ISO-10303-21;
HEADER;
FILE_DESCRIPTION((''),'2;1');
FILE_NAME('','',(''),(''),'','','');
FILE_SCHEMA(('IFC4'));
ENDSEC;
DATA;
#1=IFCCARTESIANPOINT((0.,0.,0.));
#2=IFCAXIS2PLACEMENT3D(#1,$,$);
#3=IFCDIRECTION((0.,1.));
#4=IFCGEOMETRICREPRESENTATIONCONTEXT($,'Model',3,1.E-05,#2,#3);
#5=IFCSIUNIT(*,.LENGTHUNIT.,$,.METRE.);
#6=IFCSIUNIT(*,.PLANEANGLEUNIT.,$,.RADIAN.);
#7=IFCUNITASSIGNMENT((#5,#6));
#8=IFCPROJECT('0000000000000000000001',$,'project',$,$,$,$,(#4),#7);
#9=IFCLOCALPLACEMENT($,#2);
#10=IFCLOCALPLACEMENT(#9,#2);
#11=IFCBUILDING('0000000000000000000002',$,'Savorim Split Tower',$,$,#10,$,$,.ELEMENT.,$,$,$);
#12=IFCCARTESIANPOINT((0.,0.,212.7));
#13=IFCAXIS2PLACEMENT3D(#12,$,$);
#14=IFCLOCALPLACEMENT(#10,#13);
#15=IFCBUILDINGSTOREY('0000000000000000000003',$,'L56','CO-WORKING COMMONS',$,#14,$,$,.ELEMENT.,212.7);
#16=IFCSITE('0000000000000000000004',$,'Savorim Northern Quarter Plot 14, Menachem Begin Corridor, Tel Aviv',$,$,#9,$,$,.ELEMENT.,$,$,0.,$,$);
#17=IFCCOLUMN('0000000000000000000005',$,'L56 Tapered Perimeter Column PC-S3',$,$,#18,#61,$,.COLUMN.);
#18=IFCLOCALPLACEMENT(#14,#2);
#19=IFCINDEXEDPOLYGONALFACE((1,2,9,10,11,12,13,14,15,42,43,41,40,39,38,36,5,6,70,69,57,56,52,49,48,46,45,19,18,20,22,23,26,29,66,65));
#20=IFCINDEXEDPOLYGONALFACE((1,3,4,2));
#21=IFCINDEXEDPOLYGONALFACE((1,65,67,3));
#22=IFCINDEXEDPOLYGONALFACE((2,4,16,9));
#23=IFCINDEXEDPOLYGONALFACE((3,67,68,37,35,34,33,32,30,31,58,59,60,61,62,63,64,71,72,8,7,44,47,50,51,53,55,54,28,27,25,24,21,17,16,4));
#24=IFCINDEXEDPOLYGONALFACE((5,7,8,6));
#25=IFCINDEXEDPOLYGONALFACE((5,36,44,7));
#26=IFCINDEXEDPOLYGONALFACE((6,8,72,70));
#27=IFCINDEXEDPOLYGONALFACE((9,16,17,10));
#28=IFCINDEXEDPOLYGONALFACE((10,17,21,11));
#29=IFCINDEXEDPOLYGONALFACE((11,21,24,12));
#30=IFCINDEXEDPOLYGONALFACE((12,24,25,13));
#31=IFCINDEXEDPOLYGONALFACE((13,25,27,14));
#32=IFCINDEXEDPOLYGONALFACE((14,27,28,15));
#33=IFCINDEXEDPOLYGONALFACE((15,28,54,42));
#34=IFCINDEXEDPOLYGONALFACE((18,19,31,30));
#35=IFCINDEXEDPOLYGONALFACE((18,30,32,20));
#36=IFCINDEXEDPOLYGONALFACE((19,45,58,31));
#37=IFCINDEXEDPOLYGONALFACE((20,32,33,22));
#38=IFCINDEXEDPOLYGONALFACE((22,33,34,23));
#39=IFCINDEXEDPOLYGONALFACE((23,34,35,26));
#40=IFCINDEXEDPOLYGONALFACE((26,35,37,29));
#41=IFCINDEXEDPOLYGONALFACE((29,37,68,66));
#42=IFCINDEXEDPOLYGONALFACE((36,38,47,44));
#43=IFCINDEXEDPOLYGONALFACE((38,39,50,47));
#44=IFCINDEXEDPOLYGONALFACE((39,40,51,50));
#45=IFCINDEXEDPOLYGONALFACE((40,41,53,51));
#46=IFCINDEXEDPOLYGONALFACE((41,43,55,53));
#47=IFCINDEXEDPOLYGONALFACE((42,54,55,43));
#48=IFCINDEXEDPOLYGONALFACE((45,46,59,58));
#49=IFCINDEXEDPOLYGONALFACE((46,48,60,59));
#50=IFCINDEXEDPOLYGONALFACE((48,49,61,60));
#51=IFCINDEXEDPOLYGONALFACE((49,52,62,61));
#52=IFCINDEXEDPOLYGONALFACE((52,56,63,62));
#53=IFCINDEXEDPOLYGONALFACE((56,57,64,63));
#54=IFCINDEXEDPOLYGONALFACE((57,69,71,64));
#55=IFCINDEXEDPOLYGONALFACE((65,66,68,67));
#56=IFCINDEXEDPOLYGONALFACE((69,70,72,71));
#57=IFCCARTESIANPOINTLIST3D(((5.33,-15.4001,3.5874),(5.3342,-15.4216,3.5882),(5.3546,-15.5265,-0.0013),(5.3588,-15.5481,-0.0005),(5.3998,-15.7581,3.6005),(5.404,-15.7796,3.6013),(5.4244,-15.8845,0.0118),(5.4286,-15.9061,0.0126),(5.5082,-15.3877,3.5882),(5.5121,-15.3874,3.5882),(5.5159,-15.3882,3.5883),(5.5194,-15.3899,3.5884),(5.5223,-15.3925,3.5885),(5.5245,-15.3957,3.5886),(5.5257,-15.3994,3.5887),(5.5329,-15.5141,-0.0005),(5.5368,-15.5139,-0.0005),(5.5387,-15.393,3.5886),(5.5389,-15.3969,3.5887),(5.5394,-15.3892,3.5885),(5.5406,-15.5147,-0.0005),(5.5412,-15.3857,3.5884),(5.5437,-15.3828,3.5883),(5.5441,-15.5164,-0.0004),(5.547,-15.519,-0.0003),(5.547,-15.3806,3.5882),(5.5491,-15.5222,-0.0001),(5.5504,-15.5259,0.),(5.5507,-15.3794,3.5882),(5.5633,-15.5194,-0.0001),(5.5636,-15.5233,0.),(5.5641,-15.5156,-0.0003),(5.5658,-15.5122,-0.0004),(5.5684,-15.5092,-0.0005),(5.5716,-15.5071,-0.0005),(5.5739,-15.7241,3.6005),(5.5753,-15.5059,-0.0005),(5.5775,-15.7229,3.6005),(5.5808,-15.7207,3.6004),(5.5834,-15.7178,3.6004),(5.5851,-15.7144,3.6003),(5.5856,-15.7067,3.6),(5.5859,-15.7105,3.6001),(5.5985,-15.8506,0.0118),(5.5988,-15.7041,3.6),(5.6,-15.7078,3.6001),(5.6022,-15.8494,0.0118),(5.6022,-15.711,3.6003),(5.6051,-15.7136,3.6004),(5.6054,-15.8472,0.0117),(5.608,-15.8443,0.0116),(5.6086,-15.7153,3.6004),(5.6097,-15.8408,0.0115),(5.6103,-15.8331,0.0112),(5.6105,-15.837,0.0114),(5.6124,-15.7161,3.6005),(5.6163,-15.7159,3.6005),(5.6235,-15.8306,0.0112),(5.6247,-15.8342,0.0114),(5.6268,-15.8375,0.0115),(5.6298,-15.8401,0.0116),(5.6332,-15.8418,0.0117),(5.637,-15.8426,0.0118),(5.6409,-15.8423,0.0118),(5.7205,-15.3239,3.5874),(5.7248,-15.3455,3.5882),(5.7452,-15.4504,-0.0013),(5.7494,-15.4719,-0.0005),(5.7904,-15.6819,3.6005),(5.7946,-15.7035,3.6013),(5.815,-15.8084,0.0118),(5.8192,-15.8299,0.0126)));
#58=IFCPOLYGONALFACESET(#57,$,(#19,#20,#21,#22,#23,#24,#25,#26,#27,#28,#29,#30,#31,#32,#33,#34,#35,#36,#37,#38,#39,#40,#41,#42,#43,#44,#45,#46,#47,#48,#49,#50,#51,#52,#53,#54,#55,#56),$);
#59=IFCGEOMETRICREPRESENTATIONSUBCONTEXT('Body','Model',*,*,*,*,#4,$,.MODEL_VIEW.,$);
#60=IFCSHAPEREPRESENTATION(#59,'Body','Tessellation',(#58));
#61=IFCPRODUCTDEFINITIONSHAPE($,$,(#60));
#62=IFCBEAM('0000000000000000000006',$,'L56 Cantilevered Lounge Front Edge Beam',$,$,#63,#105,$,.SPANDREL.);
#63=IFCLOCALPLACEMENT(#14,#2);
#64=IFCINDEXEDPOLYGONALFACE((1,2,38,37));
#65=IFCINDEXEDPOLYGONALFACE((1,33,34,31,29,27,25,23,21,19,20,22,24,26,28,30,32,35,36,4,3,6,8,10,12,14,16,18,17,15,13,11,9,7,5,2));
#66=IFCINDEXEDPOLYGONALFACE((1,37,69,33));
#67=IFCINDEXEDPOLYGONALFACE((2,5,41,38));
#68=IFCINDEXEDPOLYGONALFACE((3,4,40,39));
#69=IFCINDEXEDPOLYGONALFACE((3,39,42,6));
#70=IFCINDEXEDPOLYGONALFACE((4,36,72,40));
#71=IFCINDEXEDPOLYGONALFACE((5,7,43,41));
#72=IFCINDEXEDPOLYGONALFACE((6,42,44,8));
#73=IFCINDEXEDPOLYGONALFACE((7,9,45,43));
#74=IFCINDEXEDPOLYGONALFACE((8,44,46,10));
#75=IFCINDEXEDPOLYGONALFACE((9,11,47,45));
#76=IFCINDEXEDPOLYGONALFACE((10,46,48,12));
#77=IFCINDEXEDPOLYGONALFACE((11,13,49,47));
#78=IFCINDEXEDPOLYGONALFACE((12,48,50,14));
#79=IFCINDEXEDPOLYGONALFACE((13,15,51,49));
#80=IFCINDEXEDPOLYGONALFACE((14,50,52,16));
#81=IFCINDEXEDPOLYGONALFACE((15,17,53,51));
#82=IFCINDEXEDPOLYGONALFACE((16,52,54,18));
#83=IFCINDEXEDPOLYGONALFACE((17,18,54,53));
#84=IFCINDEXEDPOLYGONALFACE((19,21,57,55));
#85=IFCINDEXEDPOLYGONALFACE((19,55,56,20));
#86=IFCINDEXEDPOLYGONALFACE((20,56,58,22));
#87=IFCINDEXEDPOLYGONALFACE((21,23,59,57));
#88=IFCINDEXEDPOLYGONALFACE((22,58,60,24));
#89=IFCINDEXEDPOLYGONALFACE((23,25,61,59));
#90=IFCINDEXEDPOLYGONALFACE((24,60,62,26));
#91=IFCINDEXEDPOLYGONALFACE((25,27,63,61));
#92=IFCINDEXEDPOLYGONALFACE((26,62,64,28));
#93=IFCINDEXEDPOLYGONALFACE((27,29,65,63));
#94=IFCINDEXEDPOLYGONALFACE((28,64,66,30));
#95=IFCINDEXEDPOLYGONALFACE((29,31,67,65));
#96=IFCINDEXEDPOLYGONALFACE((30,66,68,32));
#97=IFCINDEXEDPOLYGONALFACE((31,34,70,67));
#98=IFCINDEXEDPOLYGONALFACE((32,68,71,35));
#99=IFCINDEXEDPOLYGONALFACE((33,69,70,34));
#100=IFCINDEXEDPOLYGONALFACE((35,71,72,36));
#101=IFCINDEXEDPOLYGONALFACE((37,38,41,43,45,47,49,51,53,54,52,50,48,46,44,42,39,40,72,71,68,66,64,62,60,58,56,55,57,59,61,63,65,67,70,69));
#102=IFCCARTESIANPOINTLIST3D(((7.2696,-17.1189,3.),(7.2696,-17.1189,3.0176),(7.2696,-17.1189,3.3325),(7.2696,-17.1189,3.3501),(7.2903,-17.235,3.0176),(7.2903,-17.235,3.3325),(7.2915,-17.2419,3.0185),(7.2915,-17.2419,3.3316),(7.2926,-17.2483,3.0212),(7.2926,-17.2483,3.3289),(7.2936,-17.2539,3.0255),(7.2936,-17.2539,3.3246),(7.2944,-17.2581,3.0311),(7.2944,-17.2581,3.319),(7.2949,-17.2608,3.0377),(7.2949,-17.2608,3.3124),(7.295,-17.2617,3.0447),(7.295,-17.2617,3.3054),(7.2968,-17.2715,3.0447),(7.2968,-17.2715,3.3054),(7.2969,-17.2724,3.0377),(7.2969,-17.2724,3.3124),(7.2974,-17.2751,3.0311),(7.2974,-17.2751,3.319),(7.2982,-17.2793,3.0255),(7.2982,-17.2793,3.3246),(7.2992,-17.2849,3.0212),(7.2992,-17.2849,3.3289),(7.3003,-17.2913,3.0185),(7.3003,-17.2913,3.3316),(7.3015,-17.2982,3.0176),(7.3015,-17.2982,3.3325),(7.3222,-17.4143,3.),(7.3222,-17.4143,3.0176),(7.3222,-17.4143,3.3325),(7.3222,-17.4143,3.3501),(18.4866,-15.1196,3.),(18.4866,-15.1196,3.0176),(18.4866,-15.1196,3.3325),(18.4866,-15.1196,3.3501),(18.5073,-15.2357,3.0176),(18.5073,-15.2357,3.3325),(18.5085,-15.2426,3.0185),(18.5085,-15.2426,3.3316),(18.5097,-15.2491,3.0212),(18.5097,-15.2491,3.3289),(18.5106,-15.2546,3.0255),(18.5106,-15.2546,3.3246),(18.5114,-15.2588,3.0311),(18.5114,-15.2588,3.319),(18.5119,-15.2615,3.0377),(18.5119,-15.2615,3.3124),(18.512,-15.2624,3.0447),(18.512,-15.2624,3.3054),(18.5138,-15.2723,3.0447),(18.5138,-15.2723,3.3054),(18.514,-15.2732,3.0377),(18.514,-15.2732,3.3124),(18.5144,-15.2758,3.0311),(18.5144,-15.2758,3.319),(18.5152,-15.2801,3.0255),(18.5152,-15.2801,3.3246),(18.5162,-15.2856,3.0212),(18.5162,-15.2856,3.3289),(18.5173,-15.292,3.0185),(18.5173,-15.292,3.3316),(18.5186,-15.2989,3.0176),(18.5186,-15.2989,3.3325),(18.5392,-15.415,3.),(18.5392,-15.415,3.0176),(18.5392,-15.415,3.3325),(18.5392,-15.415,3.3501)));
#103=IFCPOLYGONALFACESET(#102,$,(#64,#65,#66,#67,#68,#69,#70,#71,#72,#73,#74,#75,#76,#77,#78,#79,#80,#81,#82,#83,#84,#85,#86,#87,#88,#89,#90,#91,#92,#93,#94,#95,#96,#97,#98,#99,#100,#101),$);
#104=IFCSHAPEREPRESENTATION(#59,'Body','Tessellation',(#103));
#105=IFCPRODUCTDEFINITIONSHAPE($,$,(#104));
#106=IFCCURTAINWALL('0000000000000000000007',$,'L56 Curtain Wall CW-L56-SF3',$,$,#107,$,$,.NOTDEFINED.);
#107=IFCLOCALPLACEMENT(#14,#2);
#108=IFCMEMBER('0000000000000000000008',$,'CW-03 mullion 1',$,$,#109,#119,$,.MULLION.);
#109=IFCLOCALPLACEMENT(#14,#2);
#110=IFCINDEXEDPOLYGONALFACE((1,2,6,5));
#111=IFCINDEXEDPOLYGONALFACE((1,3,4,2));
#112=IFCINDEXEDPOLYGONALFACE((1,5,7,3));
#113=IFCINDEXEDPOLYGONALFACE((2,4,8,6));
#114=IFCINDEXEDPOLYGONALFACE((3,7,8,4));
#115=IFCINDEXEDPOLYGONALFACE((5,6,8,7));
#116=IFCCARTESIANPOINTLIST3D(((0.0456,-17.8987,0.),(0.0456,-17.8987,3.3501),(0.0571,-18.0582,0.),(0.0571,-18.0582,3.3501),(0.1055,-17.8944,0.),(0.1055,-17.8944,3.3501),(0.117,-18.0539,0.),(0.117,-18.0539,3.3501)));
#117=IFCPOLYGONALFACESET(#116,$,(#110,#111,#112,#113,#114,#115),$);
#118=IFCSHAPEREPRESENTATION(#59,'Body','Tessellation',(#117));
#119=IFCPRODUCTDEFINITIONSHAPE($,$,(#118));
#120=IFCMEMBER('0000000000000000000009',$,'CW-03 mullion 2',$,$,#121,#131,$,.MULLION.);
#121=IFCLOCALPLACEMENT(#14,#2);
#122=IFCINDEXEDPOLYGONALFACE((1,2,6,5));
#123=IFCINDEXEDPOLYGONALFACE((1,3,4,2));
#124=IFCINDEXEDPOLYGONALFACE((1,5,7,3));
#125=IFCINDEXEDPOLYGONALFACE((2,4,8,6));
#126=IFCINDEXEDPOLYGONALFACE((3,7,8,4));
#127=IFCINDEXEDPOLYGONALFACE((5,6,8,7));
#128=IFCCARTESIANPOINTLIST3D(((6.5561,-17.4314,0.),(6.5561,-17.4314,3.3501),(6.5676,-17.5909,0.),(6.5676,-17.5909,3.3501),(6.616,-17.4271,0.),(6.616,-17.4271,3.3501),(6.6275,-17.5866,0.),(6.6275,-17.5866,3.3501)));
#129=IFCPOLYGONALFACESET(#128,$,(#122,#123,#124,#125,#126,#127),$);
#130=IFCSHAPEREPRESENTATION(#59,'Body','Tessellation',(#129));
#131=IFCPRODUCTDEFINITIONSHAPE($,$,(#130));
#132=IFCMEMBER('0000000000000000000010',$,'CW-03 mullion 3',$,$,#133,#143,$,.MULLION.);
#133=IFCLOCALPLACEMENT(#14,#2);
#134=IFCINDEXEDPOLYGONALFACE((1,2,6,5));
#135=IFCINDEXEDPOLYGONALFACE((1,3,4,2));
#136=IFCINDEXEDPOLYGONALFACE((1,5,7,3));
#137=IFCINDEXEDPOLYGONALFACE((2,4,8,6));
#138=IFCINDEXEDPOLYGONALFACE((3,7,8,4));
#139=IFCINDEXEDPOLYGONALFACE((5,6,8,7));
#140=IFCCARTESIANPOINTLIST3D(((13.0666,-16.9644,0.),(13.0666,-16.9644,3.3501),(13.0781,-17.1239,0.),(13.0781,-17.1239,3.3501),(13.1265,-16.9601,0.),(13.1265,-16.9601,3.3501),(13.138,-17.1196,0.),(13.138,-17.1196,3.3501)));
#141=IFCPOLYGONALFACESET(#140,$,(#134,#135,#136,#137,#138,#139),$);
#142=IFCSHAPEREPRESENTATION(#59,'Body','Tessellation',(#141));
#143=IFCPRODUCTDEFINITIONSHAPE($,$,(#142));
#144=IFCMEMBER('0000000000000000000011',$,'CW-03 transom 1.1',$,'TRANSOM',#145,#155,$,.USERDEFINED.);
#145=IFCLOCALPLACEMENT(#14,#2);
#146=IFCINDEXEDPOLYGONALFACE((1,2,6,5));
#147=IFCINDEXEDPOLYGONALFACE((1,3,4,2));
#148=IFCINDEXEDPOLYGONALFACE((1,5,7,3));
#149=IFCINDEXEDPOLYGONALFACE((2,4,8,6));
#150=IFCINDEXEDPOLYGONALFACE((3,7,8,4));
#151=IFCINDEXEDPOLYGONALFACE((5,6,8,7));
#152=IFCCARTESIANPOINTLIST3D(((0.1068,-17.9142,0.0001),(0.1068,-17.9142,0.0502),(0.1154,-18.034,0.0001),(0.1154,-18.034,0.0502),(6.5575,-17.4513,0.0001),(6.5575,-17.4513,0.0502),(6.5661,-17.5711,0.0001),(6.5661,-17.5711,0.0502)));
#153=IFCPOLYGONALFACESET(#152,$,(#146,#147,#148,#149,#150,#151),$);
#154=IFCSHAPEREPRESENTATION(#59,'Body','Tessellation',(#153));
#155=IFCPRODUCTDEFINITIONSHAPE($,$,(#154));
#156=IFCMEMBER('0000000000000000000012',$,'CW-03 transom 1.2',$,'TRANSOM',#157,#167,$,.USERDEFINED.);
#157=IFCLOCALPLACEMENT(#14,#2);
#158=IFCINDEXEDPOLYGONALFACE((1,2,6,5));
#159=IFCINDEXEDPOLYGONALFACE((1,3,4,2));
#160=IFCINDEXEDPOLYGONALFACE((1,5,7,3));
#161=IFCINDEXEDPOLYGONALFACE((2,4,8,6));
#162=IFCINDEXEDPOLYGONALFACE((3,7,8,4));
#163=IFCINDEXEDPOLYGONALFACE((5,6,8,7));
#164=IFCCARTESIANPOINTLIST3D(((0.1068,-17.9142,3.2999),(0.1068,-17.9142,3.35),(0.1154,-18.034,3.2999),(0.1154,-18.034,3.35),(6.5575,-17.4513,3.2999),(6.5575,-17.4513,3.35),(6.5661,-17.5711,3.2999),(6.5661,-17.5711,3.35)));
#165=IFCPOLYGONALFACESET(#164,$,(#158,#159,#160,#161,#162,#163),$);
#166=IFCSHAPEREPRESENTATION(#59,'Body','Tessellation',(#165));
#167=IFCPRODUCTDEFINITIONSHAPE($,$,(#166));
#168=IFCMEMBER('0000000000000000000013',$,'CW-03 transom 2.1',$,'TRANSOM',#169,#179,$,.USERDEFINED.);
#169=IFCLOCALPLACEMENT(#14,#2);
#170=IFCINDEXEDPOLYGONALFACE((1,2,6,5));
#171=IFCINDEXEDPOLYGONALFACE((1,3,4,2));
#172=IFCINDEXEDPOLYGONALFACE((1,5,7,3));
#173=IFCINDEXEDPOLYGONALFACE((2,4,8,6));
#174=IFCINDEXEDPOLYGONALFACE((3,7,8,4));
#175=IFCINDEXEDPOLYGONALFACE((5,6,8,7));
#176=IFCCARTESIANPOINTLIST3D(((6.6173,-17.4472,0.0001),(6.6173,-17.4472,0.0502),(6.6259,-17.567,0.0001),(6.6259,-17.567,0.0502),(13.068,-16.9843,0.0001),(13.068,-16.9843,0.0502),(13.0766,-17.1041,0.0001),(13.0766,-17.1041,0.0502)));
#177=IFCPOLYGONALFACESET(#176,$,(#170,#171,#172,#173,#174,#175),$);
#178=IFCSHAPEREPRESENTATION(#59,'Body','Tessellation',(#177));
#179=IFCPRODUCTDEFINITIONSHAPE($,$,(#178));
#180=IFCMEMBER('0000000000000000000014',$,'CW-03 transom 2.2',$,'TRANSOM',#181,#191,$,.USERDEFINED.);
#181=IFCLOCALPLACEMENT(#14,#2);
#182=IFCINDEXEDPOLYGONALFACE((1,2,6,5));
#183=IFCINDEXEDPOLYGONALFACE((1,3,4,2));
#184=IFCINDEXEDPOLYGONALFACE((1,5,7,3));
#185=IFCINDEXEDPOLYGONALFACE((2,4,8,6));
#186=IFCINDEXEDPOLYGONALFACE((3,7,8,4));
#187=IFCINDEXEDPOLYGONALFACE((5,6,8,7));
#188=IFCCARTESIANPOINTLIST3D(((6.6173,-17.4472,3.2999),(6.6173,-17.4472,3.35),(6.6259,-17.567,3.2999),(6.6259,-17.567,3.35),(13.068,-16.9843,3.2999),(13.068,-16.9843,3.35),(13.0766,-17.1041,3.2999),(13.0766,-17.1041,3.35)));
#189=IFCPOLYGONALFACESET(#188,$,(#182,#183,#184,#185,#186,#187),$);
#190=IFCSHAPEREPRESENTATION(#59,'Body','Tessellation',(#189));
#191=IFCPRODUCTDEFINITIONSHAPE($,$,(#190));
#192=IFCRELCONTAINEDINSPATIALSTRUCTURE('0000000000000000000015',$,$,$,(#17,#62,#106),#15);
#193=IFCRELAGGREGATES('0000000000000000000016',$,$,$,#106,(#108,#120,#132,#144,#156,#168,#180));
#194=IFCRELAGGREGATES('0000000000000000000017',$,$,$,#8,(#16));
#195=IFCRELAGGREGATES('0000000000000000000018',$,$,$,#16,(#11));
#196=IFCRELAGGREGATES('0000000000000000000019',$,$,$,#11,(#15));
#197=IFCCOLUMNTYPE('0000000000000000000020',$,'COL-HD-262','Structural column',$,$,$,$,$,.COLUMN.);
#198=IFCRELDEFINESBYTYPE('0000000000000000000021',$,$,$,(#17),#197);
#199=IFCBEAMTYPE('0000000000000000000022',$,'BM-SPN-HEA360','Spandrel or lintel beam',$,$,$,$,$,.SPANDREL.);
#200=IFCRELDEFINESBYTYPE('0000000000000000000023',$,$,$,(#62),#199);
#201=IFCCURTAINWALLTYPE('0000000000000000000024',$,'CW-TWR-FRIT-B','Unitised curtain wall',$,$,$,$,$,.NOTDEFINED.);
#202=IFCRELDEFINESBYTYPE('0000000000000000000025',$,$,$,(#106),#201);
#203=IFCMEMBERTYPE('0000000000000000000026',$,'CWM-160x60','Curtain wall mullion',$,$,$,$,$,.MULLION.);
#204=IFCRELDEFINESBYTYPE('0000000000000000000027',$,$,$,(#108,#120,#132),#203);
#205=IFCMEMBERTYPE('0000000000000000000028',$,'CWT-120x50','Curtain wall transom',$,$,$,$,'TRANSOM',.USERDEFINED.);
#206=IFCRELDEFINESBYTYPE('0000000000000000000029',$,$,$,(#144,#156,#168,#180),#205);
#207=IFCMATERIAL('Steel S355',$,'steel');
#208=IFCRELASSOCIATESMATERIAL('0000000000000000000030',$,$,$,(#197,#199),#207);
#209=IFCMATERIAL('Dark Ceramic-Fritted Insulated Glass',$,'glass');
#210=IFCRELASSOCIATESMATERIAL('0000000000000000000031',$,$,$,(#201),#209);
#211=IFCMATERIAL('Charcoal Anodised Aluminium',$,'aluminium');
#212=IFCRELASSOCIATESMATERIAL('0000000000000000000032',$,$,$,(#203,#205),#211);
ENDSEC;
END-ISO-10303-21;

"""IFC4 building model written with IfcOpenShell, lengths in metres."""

from ifc_helpers import new_model, si_unit, direction, frame, origin, origin_2d, place, context, subcontext, project, spatial, rectangle, i_section, extrude, material, material_profile, profile_set, type_object, element, aggregate, save


model = new_model("IFC4")

# Units and contexts
model_context = context("Model", 3, precision=1e-05, world=origin(), true_north=direction((0.0, 1.0)))
body_context = subcontext(model_context, "Body", "Model", "MODEL_VIEW")
ifc_project = project(units=[si_unit("LENGTHUNIT", "METRE"), si_unit("PLANEANGLEUNIT", "RADIAN")], contexts=[model_context])

# Site, building, storey
site_placement = place(None, origin())
site = spatial("IfcSite", under=ifc_project, at=site_placement, Name="Savorim Northern Quarter Plot 14, Menachem Begin Corridor, Tel Aviv", CompositionType="ELEMENT", RefElevation=0.0)
building_placement = place(site_placement, origin())
building = spatial("IfcBuilding", under=site, at=building_placement, Name="Savorim Split Tower", CompositionType="ELEMENT")
storey_placement = place(building_placement, frame((0.0, 0.0, 212.7)))
storey = spatial("IfcBuildingStorey", under=building, at=storey_placement, Name="L56", Description="CO-WORKING COMMONS", CompositionType="ELEMENT", Elevation=212.7)

# Column
ifc_material_1 = material(Name="Steel S355", Category="steel")
ifc_material_profile_1 = material_profile(ifc_material_1, i_section(OverallWidth=0.3979, OverallDepth=0.387, WebThickness=0.0134, FlangeThickness=0.022, FilletRadius=0.0149, at=origin_2d()), Name="HD 400x262")
ifc_profile_set_1 = profile_set([ifc_material_profile_1], Name="Steel S355")
column_type = type_object("IfcColumnType", Name="COL-HD-262", Description="Structural column", PredefinedType="COLUMN", material=ifc_profile_set_1)
column_placement = place(storey_placement, frame((5.5869, -15.6782, 0.0056), z_axis=(-0.006866, 0.035215, 0.999356), x_axis=(-0.981517, -0.191377, 0.0)))
element("IfcColumn", 1, at=column_placement, inside=storey, type_object=column_type, Name="L56 Tapered Perimeter Column PC-S3", PredefinedType="COLUMN", context=body_context, shape_type="SweptSolid", body=[
    extrude(i_section(OverallWidth=0.3979, OverallDepth=0.387, WebThickness=0.0134, FlangeThickness=0.022, FilletRadius=0.0149, at=origin_2d()), origin(), (0.0, 0.0, 1.0), 3.5911),
])

# Beam
ifc_material_profile_2 = material_profile(ifc_material_1, i_section(OverallWidth=0.3, OverallDepth=0.3501, WebThickness=0.01, FlangeThickness=0.0176, FilletRadius=0.0271, at=origin_2d()), Name="HEA 360")
ifc_profile_set_2 = profile_set([ifc_material_profile_2], Name="Steel S355")
beam_type = type_object("IfcBeamType", Name="BM-SPN-HEA360", Description="Spandrel or lintel beam", PredefinedType="SPANDREL", material=ifc_profile_set_2)
beam_placement = place(storey_placement, frame((7.2959, -17.2666, 3.175), z_axis=(0.984485, 0.17547, 0.0), x_axis=(-0.17547, 0.984485, 0.0)))
element("IfcBeam", 2, at=beam_placement, inside=storey, type_object=beam_type, Name="L56 Cantilevered Lounge Front Edge Beam", PredefinedType="SPANDREL", context=body_context, shape_type="SweptSolid", body=[
    extrude(i_section(OverallWidth=0.3, OverallDepth=0.3501, WebThickness=0.01, FlangeThickness=0.0176, FilletRadius=0.0271, at=origin_2d()), origin(), (0.0, 0.0, 1.0), 11.3938),
])

# Curtain wall, members
ifc_material_2 = material(Name="Dark Ceramic-Fritted Insulated Glass", Category="glass")
curtain_wall_type = type_object("IfcCurtainWallType", Name="CW-TWR-FRIT-B", Description="Unitised curtain wall", PredefinedType="NOTDEFINED", material=ifc_material_2)
curtain_wall_placement = place(storey_placement, origin())
curtain_wall = element("IfcCurtainWall", 3, at=curtain_wall_placement, inside=storey, type_object=curtain_wall_type, Name="L56 Curtain Wall CW-L56-SF3", PredefinedType="NOTDEFINED")
ifc_material_3 = material(Name="Charcoal Anodised Aluminium", Category="aluminium")
ifc_material_profile_3 = material_profile(ifc_material_3, rectangle(XDim=0.1599, YDim=0.0601, at=origin_2d()), Name="ALU-M 160x60")
ifc_profile_set_3 = profile_set([ifc_material_profile_3], Name="Charcoal Anodised Aluminium")
member_type_1 = type_object("IfcMemberType", Name="CWM-160x60", Description="Curtain wall mullion", PredefinedType="MULLION", material=ifc_profile_set_3)
member_1_placement = place(storey_placement, frame((0.0813, -17.9763, 0.0), z_axis=(0.0, 0.0, 1.0), x_axis=(-0.071562, 0.997436, 0.0)))
member_1 = element("IfcMember", 4, at=member_1_placement, type_object=member_type_1, Name="CW-03 mullion 1", PredefinedType="MULLION", context=body_context, shape_type="SweptSolid", body=[
    extrude(rectangle(XDim=0.1599, YDim=0.0601, at=origin_2d()), origin(), (0.0, 0.0, 1.0), 3.3501),
])
member_2_placement = place(storey_placement, frame((6.5918, -17.509, 0.0), z_axis=(0.0, 0.0, 1.0), x_axis=(-0.071562, 0.997436, 0.0)))
member_2 = element("IfcMember", 5, at=member_2_placement, type_object=member_type_1, Name="CW-03 mullion 2", PredefinedType="MULLION", context=body_context, shape_type="SweptSolid", body=[
    extrude(rectangle(XDim=0.1599, YDim=0.0601, at=origin_2d()), origin(), (0.0, 0.0, 1.0), 3.3501),
])
member_3_placement = place(storey_placement, frame((13.1023, -17.042, 0.0), z_axis=(0.0, 0.0, 1.0), x_axis=(-0.071562, 0.997436, 0.0)))
member_3 = element("IfcMember", 6, at=member_3_placement, type_object=member_type_1, Name="CW-03 mullion 3", PredefinedType="MULLION", context=body_context, shape_type="SweptSolid", body=[
    extrude(rectangle(XDim=0.1599, YDim=0.0601, at=origin_2d()), origin(), (0.0, 0.0, 1.0), 3.3501),
])
ifc_material_profile_4 = material_profile(ifc_material_3, rectangle(XDim=0.1201, YDim=0.05, at=origin_2d()), Name="ALU-T 120x50")
ifc_profile_set_4 = profile_set([ifc_material_profile_4], Name="Charcoal Anodised Aluminium")
member_type_2 = type_object("IfcMemberType", Name="CWT-120x50", Description="Curtain wall transom", ElementType="TRANSOM", PredefinedType="USERDEFINED", material=ifc_profile_set_4)
member_4_placement = place(storey_placement, frame((0.1111, -17.9741, 0.0251), z_axis=(0.997435, 0.071574, 0.0), x_axis=(-0.071574, 0.997435, 0.0)))
member_4 = element("IfcMember", 7, at=member_4_placement, type_object=member_type_2, Name="CW-03 transom 1.1", ObjectType="TRANSOM", PredefinedType="USERDEFINED", context=body_context, shape_type="SweptSolid", body=[
    extrude(rectangle(XDim=0.1201, YDim=0.05, at=origin_2d()), origin(), (0.0, 0.0, 1.0), 6.4673),
])
member_5_placement = place(storey_placement, frame((0.1111, -17.9741, 3.325), z_axis=(0.997435, 0.071574, 0.0), x_axis=(-0.071574, 0.997435, 0.0)))
member_5 = element("IfcMember", 8, at=member_5_placement, type_object=member_type_2, Name="CW-03 transom 1.2", ObjectType="TRANSOM", PredefinedType="USERDEFINED", context=body_context, shape_type="SweptSolid", body=[
    extrude(rectangle(XDim=0.1201, YDim=0.05, at=origin_2d()), origin(), (0.0, 0.0, 1.0), 6.4673),
])
member_6_placement = place(storey_placement, frame((6.6216, -17.5071, 0.0251), z_axis=(0.997435, 0.071574, 0.0), x_axis=(-0.071574, 0.997435, 0.0)))
member_6 = element("IfcMember", 9, at=member_6_placement, type_object=member_type_2, Name="CW-03 transom 2.1", ObjectType="TRANSOM", PredefinedType="USERDEFINED", context=body_context, shape_type="SweptSolid", body=[
    extrude(rectangle(XDim=0.1201, YDim=0.05, at=origin_2d()), origin(), (0.0, 0.0, 1.0), 6.4673),
])
member_7_placement = place(storey_placement, frame((6.6216, -17.5071, 3.325), z_axis=(0.997435, 0.071574, 0.0), x_axis=(-0.071574, 0.997435, 0.0)))
member_7 = element("IfcMember", 10, at=member_7_placement, type_object=member_type_2, Name="CW-03 transom 2.2", ObjectType="TRANSOM", PredefinedType="USERDEFINED", context=body_context, shape_type="SweptSolid", body=[
    extrude(rectangle(XDim=0.1201, YDim=0.05, at=origin_2d()), origin(), (0.0, 0.0, 1.0), 6.4673),
])

aggregate(curtain_wall, [member_1, member_2, member_3, member_4, member_5, member_6, member_7])

save(model, "model.ifc")
